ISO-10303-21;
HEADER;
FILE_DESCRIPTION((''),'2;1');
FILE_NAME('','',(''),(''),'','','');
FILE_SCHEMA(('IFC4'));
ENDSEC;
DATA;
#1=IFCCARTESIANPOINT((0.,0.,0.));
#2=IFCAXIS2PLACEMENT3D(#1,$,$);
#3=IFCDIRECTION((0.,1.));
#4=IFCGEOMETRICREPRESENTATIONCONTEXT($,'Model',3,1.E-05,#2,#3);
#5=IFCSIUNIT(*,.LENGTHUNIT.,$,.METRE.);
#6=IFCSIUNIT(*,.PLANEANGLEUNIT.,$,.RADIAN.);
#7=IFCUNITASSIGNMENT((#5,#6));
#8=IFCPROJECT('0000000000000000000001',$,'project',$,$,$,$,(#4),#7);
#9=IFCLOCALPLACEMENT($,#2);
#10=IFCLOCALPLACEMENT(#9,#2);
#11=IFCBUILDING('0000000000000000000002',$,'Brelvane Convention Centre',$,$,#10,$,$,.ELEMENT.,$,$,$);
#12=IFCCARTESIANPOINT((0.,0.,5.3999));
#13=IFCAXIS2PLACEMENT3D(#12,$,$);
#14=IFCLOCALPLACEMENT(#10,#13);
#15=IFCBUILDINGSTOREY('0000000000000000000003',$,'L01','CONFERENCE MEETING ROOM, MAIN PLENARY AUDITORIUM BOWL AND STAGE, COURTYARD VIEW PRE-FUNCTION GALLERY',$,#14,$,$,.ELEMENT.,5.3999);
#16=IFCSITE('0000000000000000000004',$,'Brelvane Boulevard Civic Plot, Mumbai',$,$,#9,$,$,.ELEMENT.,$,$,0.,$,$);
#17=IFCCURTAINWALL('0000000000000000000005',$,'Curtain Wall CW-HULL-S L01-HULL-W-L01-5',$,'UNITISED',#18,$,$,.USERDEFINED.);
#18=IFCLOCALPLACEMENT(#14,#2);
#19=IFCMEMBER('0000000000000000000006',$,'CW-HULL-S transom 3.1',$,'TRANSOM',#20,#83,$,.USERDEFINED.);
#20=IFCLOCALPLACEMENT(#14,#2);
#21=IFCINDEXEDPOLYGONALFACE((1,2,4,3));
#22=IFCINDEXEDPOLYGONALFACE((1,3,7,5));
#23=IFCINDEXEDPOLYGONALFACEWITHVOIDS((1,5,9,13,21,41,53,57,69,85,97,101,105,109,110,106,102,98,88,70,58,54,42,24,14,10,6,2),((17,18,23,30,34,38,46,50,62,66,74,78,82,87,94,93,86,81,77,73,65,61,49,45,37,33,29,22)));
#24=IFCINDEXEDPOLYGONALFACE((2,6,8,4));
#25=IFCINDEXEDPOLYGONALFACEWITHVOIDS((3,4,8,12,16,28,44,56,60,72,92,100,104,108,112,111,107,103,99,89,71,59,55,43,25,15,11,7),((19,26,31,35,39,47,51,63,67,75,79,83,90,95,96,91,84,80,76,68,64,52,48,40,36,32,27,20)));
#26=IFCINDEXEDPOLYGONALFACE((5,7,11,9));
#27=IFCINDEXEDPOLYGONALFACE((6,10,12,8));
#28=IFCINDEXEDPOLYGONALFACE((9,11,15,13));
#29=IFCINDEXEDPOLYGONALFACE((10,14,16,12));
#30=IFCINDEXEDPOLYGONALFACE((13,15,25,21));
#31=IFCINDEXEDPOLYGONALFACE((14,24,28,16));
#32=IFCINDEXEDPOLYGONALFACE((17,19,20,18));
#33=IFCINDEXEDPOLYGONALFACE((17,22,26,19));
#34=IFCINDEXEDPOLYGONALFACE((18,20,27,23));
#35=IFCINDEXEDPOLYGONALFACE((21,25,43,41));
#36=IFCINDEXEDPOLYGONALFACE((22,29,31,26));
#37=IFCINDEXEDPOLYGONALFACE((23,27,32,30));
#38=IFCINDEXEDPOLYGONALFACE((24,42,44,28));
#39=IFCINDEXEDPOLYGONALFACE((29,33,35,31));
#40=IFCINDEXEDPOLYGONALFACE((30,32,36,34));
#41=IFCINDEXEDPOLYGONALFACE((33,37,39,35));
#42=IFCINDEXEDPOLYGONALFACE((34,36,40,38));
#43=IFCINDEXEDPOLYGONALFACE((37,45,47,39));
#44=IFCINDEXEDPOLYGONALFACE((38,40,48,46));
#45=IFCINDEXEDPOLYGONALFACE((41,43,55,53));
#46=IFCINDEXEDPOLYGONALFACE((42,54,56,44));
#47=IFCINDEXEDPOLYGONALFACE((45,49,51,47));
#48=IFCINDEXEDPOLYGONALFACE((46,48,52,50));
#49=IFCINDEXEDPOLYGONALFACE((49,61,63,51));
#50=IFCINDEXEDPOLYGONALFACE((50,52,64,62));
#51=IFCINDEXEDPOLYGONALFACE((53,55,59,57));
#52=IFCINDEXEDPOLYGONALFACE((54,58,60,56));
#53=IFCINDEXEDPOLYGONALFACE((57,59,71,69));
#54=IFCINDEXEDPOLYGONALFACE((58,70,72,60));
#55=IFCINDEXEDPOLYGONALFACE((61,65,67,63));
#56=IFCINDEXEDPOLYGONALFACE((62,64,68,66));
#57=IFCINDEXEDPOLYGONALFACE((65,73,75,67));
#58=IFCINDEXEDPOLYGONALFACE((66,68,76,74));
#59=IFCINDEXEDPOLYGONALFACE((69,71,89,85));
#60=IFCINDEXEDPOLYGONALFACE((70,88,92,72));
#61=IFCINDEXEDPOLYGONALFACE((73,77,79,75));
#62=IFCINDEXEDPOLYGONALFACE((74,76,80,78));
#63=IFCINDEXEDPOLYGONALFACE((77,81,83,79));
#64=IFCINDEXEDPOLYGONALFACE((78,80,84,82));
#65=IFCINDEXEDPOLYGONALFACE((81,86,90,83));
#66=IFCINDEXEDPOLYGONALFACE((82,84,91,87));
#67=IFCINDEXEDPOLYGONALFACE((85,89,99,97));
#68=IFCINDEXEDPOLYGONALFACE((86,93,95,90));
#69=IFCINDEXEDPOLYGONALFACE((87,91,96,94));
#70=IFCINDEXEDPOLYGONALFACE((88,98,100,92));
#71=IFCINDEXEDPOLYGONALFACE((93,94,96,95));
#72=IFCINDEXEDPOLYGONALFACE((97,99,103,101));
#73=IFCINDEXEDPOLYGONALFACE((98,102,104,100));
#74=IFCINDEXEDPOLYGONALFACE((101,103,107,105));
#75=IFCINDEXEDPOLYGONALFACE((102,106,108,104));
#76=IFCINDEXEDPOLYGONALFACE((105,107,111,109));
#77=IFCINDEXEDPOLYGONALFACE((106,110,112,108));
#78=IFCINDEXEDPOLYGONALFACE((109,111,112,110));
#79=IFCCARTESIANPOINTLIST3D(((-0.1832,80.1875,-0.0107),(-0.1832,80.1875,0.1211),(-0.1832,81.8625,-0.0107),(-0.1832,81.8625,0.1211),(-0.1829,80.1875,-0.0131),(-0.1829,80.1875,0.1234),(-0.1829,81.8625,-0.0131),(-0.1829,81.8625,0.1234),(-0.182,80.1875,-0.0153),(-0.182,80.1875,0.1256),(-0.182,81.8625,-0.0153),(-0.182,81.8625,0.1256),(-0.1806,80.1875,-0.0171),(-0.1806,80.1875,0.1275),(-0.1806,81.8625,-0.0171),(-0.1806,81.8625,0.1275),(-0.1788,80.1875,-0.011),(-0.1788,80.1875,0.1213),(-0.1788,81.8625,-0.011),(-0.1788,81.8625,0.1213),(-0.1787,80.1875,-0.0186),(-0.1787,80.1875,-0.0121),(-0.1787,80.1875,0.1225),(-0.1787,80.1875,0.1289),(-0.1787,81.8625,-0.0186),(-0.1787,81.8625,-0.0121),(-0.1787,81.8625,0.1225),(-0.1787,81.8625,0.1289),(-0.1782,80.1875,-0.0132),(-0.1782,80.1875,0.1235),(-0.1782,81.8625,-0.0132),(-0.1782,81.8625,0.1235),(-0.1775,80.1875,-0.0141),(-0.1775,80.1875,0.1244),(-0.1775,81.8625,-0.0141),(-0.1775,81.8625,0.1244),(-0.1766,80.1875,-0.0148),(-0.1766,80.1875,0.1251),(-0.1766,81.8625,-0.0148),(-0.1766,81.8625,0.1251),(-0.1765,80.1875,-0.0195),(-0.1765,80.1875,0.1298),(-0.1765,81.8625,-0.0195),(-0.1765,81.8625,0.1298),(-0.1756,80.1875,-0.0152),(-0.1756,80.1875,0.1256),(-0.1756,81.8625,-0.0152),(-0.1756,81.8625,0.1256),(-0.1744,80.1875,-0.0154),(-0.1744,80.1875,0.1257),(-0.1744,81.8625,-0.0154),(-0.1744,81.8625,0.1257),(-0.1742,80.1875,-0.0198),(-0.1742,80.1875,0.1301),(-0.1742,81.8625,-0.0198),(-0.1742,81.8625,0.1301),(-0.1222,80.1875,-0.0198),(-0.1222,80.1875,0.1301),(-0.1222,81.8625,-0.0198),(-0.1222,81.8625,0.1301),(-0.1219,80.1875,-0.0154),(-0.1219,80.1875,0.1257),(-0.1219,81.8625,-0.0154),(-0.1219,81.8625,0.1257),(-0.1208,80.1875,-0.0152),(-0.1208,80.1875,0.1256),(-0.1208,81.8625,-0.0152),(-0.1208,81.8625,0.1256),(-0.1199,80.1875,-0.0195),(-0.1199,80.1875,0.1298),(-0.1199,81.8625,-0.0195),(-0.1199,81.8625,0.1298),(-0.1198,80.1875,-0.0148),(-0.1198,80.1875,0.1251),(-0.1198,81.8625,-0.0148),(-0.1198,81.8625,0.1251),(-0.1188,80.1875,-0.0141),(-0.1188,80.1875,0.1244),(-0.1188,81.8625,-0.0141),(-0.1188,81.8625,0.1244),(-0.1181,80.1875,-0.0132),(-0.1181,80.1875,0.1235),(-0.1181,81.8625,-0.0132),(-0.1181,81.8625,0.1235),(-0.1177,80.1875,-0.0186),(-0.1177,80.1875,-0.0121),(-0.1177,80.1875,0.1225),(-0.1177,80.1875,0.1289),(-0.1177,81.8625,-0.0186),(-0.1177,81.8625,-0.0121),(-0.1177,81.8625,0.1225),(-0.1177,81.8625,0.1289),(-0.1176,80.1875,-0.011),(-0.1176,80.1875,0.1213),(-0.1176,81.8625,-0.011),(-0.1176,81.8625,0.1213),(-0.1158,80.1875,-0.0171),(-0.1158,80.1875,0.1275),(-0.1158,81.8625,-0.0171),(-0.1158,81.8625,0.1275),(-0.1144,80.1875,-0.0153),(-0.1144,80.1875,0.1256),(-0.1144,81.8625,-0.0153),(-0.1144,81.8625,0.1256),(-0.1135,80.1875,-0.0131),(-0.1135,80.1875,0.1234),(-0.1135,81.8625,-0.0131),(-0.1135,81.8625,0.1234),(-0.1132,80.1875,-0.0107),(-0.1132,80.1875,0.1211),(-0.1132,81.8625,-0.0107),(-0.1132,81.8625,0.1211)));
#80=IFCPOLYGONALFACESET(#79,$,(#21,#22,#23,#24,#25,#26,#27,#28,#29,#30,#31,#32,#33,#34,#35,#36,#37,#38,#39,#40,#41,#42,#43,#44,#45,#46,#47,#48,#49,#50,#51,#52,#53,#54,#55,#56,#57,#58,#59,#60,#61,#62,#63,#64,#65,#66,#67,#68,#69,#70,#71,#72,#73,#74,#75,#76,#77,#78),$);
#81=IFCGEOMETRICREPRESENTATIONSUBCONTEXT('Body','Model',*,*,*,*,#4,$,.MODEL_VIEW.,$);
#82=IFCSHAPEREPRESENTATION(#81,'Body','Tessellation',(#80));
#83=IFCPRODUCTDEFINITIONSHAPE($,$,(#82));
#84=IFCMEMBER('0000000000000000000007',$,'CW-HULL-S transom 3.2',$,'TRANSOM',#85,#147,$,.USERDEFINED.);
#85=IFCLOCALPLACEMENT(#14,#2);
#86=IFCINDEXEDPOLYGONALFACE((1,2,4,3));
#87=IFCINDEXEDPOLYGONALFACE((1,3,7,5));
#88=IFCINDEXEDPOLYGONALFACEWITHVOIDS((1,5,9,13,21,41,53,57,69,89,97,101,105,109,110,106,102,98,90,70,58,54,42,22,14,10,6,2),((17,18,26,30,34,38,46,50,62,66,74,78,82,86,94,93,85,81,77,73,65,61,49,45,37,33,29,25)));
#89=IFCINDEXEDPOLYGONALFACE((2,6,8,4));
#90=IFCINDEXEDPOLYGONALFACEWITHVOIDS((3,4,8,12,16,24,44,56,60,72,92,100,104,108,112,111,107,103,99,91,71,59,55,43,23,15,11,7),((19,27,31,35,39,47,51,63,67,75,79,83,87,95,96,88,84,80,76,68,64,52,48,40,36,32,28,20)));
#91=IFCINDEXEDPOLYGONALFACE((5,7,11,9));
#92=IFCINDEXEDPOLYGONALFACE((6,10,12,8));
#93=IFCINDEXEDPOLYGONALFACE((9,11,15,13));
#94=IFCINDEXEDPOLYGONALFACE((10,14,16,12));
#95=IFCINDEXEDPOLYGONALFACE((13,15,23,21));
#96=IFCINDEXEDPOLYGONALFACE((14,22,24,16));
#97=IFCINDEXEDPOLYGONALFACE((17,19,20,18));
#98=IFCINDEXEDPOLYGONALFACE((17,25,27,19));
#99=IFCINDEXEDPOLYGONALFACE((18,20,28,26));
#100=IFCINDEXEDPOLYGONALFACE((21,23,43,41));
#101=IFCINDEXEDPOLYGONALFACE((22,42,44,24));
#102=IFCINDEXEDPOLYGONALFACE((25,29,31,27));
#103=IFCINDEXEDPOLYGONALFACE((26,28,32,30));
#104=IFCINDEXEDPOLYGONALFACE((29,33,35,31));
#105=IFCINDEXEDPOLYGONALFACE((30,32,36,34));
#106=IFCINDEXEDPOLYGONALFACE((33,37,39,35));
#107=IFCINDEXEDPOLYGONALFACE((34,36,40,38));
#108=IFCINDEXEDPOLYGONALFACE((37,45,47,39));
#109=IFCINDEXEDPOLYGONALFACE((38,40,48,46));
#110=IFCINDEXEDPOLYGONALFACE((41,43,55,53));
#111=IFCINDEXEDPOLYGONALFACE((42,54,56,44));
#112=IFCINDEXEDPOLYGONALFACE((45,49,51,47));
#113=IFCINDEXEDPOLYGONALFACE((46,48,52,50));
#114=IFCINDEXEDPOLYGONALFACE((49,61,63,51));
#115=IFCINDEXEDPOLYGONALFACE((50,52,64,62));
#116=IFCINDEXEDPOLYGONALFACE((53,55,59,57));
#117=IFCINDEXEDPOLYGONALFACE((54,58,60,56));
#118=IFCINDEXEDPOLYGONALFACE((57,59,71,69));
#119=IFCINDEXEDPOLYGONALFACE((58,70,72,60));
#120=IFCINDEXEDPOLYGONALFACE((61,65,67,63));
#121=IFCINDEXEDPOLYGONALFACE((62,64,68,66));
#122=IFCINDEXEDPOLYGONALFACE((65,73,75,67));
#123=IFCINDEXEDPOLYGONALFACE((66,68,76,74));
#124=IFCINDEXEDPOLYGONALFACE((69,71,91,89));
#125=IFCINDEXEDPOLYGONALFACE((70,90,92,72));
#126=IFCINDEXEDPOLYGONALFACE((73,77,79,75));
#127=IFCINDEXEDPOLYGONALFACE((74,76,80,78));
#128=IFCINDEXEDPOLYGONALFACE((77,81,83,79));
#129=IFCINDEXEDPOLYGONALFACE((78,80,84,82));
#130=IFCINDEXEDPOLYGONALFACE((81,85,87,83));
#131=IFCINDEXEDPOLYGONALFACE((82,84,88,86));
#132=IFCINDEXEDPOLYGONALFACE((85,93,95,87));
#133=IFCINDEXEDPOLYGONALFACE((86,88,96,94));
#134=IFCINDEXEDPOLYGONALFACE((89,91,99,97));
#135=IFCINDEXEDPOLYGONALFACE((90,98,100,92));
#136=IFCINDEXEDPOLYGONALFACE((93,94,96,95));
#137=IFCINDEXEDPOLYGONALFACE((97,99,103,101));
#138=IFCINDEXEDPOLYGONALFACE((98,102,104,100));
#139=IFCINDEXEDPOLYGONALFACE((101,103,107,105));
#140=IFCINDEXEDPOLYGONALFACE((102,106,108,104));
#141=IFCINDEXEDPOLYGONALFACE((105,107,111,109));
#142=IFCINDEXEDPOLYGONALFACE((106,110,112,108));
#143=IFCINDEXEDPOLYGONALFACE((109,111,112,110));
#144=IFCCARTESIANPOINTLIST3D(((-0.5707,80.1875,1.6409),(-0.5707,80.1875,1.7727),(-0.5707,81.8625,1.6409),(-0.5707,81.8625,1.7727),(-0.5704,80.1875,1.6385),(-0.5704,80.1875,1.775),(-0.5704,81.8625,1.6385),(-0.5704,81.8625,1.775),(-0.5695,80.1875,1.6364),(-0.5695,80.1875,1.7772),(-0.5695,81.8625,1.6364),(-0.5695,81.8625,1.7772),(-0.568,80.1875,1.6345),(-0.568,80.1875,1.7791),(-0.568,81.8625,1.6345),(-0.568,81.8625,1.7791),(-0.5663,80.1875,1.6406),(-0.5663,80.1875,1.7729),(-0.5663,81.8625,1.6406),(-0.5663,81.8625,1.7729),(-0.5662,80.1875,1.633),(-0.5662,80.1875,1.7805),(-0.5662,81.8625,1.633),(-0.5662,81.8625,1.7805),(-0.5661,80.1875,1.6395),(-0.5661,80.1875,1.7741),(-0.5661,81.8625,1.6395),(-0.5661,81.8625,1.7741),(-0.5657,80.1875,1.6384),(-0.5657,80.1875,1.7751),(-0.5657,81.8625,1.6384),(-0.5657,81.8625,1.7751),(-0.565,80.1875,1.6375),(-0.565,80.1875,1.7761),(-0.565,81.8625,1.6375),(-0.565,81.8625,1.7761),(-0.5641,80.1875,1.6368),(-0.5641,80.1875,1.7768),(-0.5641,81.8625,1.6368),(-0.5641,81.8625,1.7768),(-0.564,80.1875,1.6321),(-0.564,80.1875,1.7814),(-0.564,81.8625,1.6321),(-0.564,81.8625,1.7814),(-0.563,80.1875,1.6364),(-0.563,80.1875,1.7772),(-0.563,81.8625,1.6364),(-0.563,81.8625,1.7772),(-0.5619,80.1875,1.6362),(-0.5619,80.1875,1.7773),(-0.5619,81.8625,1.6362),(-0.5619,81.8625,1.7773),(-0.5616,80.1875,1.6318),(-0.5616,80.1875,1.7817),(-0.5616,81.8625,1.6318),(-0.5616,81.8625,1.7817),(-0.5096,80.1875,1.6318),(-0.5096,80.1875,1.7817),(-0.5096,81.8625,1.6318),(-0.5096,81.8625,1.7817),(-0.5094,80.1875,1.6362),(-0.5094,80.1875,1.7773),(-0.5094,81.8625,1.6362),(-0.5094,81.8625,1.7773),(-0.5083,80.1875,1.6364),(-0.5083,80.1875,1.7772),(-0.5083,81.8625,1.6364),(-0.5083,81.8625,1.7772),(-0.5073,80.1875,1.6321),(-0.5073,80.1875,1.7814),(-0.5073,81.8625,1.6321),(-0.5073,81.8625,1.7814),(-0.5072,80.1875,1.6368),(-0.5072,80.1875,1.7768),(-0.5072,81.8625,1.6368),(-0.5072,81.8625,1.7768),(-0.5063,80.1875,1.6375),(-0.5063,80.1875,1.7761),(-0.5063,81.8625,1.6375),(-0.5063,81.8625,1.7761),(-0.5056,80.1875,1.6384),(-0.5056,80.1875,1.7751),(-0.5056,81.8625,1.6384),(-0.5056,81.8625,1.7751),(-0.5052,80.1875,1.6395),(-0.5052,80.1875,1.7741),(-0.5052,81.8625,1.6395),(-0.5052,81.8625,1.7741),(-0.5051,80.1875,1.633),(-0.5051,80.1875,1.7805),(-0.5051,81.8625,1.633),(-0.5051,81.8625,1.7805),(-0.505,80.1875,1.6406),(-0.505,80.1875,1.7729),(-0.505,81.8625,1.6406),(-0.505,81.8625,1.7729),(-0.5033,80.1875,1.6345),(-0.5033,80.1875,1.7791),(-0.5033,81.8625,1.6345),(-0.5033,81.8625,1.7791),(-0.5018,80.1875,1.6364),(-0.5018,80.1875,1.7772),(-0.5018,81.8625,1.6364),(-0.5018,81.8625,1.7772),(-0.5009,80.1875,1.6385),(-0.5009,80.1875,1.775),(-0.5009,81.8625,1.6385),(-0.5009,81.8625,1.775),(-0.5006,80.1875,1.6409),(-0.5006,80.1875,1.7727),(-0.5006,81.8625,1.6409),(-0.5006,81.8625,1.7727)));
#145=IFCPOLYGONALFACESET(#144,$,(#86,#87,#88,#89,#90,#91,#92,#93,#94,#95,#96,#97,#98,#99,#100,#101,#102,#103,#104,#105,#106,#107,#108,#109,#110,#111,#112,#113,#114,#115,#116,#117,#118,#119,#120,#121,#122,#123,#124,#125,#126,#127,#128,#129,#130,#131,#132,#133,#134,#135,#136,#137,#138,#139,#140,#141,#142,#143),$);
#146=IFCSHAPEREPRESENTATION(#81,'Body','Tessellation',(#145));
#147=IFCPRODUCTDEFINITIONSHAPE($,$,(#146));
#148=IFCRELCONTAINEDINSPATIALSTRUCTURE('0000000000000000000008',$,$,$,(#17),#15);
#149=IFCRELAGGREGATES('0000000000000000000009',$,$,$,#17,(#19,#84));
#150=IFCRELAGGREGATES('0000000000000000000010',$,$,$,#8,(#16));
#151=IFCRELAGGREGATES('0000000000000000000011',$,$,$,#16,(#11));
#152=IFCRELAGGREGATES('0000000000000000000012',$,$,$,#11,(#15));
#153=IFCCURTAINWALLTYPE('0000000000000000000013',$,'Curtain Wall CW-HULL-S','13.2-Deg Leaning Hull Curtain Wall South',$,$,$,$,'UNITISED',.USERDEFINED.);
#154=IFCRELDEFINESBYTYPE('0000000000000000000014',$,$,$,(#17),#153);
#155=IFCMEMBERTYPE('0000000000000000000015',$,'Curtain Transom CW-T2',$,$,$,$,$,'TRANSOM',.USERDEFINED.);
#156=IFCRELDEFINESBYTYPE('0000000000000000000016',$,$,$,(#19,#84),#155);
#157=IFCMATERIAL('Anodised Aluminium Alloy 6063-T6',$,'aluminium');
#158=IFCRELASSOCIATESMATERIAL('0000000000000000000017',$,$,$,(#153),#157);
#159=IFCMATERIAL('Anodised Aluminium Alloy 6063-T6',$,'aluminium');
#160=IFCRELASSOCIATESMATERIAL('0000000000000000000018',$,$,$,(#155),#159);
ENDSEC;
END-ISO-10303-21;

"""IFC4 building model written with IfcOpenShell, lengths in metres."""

from ifc_helpers import new_model, si_unit, direction, frame, origin, origin_2d, place, context, subcontext, project, spatial, hollow_rectangle, extrude, material, material_profile, profile_set, type_object, element, aggregate, save


model = new_model("IFC4")

# Units and contexts
model_context = context("Model", 3, precision=1e-05, world=origin(), true_north=direction((0.0, 1.0)))
body_context = subcontext(model_context, "Body", "Model", "MODEL_VIEW")
ifc_project = project(units=[si_unit("LENGTHUNIT", "METRE"), si_unit("PLANEANGLEUNIT", "RADIAN")], contexts=[model_context])

# Site, building, storey
site_placement = place(None, origin())
site = spatial("IfcSite", under=ifc_project, at=site_placement, Name="Brelvane Boulevard Civic Plot, Mumbai", CompositionType="ELEMENT", RefElevation=0.0)
building_placement = place(site_placement, origin())
building = spatial("IfcBuilding", under=site, at=building_placement, Name="Brelvane Convention Centre", CompositionType="ELEMENT")
storey_placement = place(building_placement, frame((0.0, 0.0, 5.3999)))
storey = spatial("IfcBuildingStorey", under=building, at=storey_placement, Name="L01", Description="CONFERENCE MEETING ROOM, MAIN PLENARY AUDITORIUM BOWL AND STAGE, COURTYARD VIEW PRE-FUNCTION GALLERY", CompositionType="ELEMENT", Elevation=5.3999)

# Curtain wall, members
ifc_material_1 = material(Name="Anodised Aluminium Alloy 6063-T6", Category="aluminium")
curtain_wall_type = type_object("IfcCurtainWallType", Name="Curtain Wall CW-HULL-S", Description="13.2-Deg Leaning Hull Curtain Wall South", ElementType="UNITISED", PredefinedType="USERDEFINED", material=ifc_material_1)
curtain_wall_placement = place(storey_placement, origin())
curtain_wall = element("IfcCurtainWall", 1, at=curtain_wall_placement, inside=storey, type_object=curtain_wall_type, Name="Curtain Wall CW-HULL-S L01-HULL-W-L01-5", ObjectType="UNITISED", PredefinedType="USERDEFINED")
ifc_material_2 = material(Name="Anodised Aluminium Alloy 6063-T6", Category="aluminium")
ifc_material_profile_1 = material_profile(ifc_material_2, hollow_rectangle(XDim=0.0701, YDim=0.1499, WallThickness=0.0044, InnerFilletRadius=0.0044, OuterFilletRadius=0.009, at=origin_2d()), Name="ALU-T 150x70x4.5")
ifc_profile_set_1 = profile_set([ifc_material_profile_1], Name="Anodised Aluminium Alloy 6063-T6")
member_type_1 = type_object("IfcMemberType", Name="Curtain Transom CW-T2", ElementType="TRANSOM", PredefinedType="USERDEFINED", material=ifc_profile_set_1)
member_1_placement = place(storey_placement, frame((-0.1482, 80.1875, 0.0552), z_axis=(0.0, 1.0, 0.0), x_axis=(-1.0, 0.0, 0.0)))
member_1 = element("IfcMember", 2, at=member_1_placement, type_object=member_type_1, Name="CW-HULL-S transom 3.1", ObjectType="TRANSOM", PredefinedType="USERDEFINED", context=body_context, shape_type="SweptSolid", body=[
    extrude(hollow_rectangle(XDim=0.0701, YDim=0.1499, WallThickness=0.0044, InnerFilletRadius=0.0044, OuterFilletRadius=0.009, at=origin_2d()), origin(), (0.0, 0.0, 1.0), 1.675),
])
member_2_placement = place(storey_placement, frame((-0.5356, 80.1875, 1.7068), z_axis=(0.0, 1.0, 0.0), x_axis=(-1.0, 0.0, 0.0)))
member_2 = element("IfcMember", 3, at=member_2_placement, type_object=member_type_1, Name="CW-HULL-S transom 3.2", ObjectType="TRANSOM", PredefinedType="USERDEFINED", context=body_context, shape_type="SweptSolid", body=[
    extrude(hollow_rectangle(XDim=0.0701, YDim=0.1499, WallThickness=0.0044, InnerFilletRadius=0.0044, OuterFilletRadius=0.009, at=origin_2d()), origin(), (0.0, 0.0, 1.0), 1.675),
])
aggregate(curtain_wall, [member_1, member_2])

save(model, "model.ifc")
